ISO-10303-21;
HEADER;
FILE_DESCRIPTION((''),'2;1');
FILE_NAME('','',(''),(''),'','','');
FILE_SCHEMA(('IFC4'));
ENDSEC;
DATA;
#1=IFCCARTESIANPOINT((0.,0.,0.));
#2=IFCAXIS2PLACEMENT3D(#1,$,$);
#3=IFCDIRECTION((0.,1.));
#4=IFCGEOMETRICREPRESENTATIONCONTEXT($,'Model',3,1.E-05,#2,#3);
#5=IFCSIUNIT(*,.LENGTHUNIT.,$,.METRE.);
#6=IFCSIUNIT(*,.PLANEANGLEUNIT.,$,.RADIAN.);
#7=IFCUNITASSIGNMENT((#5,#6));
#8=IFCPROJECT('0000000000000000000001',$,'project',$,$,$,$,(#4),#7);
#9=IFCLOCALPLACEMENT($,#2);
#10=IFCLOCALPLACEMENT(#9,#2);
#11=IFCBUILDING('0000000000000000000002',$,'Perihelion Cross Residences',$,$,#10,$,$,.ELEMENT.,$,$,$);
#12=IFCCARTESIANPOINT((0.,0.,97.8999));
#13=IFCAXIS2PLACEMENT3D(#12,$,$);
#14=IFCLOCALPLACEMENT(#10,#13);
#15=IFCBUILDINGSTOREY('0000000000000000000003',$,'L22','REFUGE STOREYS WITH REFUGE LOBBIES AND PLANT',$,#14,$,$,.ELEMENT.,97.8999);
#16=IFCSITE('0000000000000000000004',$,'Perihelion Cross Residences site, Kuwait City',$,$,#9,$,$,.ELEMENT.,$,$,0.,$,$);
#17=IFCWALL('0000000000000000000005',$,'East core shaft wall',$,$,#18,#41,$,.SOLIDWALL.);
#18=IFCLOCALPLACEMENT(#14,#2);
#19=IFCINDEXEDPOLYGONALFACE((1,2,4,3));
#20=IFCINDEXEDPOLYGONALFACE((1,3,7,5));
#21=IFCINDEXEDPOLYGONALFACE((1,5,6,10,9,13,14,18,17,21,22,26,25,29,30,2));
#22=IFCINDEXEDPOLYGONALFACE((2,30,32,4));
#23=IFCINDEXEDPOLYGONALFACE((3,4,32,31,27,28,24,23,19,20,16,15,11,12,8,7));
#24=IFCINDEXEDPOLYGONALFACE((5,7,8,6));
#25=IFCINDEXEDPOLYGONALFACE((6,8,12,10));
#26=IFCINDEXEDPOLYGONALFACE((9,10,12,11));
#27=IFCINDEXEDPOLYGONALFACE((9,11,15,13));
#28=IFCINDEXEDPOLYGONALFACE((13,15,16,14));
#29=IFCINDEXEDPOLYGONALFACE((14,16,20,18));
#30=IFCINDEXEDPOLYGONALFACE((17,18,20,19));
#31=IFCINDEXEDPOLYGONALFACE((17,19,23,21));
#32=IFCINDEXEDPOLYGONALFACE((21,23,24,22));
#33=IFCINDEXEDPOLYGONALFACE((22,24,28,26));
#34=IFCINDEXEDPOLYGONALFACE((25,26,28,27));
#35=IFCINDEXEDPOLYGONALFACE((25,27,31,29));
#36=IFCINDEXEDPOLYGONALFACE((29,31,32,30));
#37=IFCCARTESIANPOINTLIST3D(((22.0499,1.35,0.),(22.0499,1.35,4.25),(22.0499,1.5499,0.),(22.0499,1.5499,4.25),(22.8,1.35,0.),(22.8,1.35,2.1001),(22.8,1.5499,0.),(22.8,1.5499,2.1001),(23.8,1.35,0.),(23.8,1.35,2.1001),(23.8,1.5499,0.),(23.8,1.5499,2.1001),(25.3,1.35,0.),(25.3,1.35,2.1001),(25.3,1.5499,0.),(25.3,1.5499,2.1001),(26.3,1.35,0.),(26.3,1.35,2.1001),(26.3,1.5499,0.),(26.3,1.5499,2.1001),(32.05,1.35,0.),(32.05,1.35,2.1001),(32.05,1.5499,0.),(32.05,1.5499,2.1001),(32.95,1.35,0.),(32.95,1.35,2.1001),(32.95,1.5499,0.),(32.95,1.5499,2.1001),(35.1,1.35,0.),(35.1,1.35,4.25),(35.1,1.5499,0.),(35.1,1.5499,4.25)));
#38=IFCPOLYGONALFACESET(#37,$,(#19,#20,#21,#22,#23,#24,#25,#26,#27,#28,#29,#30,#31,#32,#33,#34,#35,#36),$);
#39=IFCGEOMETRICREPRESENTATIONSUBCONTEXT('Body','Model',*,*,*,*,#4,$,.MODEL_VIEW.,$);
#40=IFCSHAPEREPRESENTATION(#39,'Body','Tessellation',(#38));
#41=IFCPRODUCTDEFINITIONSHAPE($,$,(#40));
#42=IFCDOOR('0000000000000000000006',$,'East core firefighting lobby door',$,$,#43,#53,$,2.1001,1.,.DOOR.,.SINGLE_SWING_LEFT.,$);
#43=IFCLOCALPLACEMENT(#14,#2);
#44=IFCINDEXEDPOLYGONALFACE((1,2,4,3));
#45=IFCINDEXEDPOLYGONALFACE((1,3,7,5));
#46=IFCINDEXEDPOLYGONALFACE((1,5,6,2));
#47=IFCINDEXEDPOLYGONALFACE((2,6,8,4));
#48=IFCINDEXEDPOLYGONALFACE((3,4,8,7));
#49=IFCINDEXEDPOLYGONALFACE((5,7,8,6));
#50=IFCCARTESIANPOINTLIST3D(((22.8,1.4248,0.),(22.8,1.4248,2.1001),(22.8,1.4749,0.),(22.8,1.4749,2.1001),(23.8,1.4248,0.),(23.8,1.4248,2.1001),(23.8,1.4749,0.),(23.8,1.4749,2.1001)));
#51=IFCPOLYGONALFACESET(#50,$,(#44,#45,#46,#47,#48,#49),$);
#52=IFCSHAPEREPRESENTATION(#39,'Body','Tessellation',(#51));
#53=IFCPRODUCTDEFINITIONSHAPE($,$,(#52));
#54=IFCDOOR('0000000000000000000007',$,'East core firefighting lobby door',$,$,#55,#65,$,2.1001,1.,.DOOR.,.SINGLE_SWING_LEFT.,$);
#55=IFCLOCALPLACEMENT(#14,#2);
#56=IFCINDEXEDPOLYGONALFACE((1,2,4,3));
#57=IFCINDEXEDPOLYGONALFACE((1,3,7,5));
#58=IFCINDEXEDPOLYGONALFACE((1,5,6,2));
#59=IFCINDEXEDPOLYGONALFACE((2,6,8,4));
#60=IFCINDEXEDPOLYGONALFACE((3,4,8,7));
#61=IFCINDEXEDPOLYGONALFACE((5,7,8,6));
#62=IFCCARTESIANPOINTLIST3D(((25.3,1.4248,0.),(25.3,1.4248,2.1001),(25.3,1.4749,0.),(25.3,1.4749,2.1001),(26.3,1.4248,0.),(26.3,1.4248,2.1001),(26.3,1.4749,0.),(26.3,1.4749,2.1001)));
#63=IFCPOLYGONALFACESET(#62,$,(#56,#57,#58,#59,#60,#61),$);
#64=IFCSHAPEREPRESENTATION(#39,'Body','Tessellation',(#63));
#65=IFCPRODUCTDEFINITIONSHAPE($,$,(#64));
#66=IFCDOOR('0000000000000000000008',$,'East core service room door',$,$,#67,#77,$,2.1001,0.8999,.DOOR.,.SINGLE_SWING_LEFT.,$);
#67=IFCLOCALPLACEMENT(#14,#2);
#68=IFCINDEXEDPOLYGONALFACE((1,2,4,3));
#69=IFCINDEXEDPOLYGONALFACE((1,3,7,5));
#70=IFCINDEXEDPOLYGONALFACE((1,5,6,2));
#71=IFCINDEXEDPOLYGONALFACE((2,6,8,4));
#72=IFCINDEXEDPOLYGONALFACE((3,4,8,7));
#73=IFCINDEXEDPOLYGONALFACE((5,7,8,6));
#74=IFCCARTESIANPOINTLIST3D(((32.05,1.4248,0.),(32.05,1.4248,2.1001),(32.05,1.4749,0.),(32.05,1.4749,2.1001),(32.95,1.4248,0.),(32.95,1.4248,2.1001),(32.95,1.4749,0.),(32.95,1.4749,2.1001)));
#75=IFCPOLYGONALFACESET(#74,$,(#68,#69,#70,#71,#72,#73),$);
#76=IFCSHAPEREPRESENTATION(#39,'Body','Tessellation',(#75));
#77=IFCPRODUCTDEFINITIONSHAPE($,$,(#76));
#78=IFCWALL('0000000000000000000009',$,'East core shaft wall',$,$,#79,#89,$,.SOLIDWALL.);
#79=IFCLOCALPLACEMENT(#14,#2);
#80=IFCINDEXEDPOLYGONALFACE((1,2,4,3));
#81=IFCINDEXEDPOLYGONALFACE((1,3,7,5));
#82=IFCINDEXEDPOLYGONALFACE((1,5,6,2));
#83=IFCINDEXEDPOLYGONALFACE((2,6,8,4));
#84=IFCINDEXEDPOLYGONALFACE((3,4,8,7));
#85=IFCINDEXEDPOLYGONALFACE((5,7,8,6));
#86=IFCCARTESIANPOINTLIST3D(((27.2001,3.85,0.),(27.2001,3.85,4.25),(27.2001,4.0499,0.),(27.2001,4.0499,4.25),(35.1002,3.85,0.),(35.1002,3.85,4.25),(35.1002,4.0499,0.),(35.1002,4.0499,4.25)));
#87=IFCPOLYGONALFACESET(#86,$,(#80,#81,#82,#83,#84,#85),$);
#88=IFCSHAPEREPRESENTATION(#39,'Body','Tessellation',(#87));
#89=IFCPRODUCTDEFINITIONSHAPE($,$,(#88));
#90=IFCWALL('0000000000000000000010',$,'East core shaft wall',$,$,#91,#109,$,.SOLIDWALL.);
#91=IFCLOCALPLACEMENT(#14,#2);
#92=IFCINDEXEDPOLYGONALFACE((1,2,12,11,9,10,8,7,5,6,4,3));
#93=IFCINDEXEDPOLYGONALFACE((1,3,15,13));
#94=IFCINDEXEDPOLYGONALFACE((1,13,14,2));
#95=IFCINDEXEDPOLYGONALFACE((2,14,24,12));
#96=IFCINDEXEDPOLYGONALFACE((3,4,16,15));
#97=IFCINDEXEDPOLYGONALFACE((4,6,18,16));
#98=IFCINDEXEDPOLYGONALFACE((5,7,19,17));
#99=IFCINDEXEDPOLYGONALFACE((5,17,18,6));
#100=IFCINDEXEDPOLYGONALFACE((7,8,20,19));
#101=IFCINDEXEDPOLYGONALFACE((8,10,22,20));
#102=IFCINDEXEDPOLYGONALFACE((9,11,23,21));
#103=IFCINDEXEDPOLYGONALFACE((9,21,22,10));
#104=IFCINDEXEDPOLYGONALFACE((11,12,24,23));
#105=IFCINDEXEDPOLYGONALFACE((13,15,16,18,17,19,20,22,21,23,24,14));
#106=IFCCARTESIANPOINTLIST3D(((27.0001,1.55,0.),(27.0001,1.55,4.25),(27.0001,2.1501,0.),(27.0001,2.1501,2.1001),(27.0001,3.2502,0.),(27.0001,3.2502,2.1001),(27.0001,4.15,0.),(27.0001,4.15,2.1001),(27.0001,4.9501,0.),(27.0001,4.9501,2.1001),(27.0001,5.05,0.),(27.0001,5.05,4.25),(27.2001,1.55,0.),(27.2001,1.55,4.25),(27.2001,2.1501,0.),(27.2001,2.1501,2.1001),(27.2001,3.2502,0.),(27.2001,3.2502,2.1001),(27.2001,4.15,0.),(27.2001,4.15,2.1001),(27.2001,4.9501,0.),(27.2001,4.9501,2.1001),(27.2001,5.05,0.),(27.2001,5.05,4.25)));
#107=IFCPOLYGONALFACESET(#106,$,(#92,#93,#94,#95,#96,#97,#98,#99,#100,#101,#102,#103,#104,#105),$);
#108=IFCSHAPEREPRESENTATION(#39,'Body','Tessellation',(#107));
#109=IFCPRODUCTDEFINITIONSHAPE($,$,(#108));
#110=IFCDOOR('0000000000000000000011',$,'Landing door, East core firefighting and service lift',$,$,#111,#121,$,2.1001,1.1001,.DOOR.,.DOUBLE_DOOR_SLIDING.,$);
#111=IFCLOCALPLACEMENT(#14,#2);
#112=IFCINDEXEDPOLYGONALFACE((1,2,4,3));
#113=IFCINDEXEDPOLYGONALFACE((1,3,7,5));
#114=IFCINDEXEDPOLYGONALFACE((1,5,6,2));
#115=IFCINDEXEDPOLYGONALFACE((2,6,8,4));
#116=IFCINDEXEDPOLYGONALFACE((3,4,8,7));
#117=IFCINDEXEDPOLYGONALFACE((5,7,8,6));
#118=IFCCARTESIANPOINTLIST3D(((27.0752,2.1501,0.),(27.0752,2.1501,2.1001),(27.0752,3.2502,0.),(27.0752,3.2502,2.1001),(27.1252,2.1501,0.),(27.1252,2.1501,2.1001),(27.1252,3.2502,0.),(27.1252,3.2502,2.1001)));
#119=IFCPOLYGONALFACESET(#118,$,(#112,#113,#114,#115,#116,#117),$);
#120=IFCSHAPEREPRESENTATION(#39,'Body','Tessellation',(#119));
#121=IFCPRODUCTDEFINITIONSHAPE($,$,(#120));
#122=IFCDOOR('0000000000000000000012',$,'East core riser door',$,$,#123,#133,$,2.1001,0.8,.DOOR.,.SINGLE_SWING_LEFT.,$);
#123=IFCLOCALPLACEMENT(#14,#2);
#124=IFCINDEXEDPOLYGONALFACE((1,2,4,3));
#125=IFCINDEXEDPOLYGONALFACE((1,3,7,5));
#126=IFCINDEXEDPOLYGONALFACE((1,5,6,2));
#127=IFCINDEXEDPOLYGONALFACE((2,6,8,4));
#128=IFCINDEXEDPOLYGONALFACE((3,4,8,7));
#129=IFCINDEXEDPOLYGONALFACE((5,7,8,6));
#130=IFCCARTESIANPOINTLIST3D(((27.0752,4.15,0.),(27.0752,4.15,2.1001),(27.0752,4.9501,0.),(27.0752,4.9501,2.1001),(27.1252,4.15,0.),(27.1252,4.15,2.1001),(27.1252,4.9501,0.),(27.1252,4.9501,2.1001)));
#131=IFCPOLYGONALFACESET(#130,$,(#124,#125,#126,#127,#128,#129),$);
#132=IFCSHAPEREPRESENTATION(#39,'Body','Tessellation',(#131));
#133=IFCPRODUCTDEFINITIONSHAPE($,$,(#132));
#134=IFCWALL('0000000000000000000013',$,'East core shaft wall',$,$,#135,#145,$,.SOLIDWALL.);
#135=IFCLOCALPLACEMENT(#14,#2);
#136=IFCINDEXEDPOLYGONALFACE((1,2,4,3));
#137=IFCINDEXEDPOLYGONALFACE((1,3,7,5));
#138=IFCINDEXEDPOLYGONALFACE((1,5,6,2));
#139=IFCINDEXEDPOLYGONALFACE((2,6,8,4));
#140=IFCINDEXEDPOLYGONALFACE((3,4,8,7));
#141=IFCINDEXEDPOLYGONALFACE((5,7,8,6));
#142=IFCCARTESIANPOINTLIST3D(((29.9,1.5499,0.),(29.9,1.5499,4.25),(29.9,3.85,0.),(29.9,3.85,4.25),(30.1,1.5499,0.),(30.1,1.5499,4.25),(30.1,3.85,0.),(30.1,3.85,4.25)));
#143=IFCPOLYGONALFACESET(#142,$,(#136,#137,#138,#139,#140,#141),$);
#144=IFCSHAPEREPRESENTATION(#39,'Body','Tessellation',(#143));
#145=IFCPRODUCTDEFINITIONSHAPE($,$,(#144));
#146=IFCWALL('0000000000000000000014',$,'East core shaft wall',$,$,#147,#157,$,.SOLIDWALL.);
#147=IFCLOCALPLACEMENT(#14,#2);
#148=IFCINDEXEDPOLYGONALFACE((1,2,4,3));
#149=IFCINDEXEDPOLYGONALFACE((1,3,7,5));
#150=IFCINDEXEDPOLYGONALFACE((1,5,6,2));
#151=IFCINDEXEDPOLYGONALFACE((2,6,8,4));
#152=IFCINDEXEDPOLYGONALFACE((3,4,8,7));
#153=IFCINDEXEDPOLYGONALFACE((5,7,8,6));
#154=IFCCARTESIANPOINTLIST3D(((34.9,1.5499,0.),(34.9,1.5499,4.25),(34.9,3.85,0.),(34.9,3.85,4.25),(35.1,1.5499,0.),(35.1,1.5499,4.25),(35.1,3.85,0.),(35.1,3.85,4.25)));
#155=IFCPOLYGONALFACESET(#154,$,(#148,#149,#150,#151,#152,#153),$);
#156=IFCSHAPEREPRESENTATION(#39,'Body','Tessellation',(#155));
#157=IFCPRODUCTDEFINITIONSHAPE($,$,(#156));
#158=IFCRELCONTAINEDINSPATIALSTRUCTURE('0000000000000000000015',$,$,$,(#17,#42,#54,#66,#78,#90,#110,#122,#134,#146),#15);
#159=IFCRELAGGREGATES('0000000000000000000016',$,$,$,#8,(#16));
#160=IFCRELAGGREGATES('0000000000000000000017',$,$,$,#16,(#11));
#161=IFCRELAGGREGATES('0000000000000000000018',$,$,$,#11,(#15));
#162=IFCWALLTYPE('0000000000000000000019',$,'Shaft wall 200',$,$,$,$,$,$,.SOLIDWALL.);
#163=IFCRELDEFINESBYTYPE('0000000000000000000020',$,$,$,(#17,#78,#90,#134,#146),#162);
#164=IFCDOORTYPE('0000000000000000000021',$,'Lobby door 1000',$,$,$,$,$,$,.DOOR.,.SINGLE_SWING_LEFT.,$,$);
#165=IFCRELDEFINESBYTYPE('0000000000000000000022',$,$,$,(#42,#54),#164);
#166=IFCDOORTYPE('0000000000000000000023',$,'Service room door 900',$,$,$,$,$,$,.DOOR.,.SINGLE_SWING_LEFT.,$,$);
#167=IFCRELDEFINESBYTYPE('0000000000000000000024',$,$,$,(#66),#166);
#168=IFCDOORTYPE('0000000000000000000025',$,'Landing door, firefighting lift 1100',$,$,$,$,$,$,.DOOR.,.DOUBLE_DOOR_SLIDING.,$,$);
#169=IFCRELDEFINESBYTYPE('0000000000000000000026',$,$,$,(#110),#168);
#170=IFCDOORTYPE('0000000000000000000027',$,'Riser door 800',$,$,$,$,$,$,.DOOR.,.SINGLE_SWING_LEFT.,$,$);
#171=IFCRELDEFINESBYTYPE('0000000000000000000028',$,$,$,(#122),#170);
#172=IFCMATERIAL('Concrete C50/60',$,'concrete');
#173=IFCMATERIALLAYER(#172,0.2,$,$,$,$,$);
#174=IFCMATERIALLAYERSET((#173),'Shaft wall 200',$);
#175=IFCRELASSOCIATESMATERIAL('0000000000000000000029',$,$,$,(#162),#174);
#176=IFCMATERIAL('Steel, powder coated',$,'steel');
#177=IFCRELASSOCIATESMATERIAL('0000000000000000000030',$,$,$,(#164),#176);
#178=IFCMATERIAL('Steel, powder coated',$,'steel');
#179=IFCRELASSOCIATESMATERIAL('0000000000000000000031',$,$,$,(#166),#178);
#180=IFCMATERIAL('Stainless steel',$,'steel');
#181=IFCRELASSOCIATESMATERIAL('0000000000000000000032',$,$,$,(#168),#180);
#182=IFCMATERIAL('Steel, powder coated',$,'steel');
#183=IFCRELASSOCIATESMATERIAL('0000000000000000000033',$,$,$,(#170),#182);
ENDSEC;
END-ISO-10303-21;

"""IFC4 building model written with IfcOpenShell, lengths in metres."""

from ifc_helpers import new_model, si_unit, direction, frame, frame_2d, origin, place, context, subcontext, project, spatial, rectangle, extrude, material, layer, layer_set, type_object, element, fill, save


model = new_model("IFC4")

# Units and contexts
model_context = context("Model", 3, precision=1e-05, world=origin(), true_north=direction((0.0, 1.0)))
body_context = subcontext(model_context, "Body", "Model", "MODEL_VIEW")
ifc_project = project(units=[si_unit("LENGTHUNIT", "METRE"), si_unit("PLANEANGLEUNIT", "RADIAN")], contexts=[model_context])

# Site, building, storey
site_placement = place(None, origin())
site = spatial("IfcSite", under=ifc_project, at=site_placement, Name="Perihelion Cross Residences site, Kuwait City", CompositionType="ELEMENT", RefElevation=0.0)
building_placement = place(site_placement, origin())
building = spatial("IfcBuilding", under=site, at=building_placement, Name="Perihelion Cross Residences", CompositionType="ELEMENT")
storey_placement = place(building_placement, frame((0.0, 0.0, 97.8999)))
storey = spatial("IfcBuildingStorey", under=building, at=storey_placement, Name="L22", Description="REFUGE STOREYS WITH REFUGE LOBBIES AND PLANT", CompositionType="ELEMENT", Elevation=97.8999)

# Wall, openings, doors
ifc_material_1 = material(Name="Concrete C50/60", Category="concrete")
ifc_layer_1 = layer(ifc_material_1, 0.2)
ifc_layer_set_1 = layer_set([ifc_layer_1], Name="Shaft wall 200")
wall_type_1 = type_object("IfcWallType", Name="Shaft wall 200", PredefinedType="SOLIDWALL", material=ifc_layer_set_1)
wall_1_placement = place(storey_placement, frame((22.05, 1.45, 0.0), z_axis=(0.0, 0.0, 1.0), x_axis=(1.0, 0.0, 0.0)))
wall_1 = element("IfcWall", 1, at=wall_1_placement, inside=storey, type_object=wall_type_1, Name="East core shaft wall", PredefinedType="SOLIDWALL", context=body_context, shape_type="SweptSolid", body=[
    extrude(rectangle(XDim=13.05, YDim=0.2, at=frame_2d((6.5249, 0.0))), origin(), (0.0, 0.0, 1.0), 4.25),
])
opening_1_placement = place(wall_1_placement, frame((0.75, 0.0, 0.0)))
opening_1 = element("IfcOpeningElement", 2, at=opening_1_placement, cuts=wall_1, PredefinedType="OPENING", context=body_context, shape_type="SweptSolid", body=[
    extrude(rectangle(XDim=1.0, YDim=2.1001, at=frame_2d((0.5, 1.05))), frame((0.0, 0.1099, 0.0), z_axis=(0.0, -1.0, 0.0), x_axis=(1.0, 0.0, 0.0)), (0.0, 0.0, 1.0), 0.22),
])
opening_2_placement = place(wall_1_placement, frame((3.25, 0.0, 0.0)))
opening_2 = element("IfcOpeningElement", 3, at=opening_2_placement, cuts=wall_1, PredefinedType="OPENING", context=body_context, shape_type="SweptSolid", body=[
    extrude(rectangle(XDim=1.0, YDim=2.1001, at=frame_2d((0.5, 1.05))), frame((0.0, 0.1099, 0.0), z_axis=(0.0, -1.0, 0.0), x_axis=(1.0, 0.0, 0.0)), (0.0, 0.0, 1.0), 0.22),
])
opening_3_placement = place(wall_1_placement, frame((10.0, 0.0, 0.0)))
opening_3 = element("IfcOpeningElement", 4, at=opening_3_placement, cuts=wall_1, PredefinedType="OPENING", context=body_context, shape_type="SweptSolid", body=[
    extrude(rectangle(XDim=0.8999, YDim=2.1001, at=frame_2d((0.45, 1.05))), frame((0.0, 0.1099, 0.0), z_axis=(0.0, -1.0, 0.0), x_axis=(1.0, 0.0, 0.0)), (0.0, 0.0, 1.0), 0.22),
])
ifc_material_2 = material(Name="Steel, powder coated", Category="steel")
door_type_1 = type_object("IfcDoorType", Name="Lobby door 1000", OperationType="SINGLE_SWING_LEFT", PredefinedType="DOOR", material=ifc_material_2)
door_1_placement = place(opening_1_placement, origin())
door_1 = element("IfcDoor", 5, at=door_1_placement, inside=storey, type_object=door_type_1, Name="East core firefighting lobby door", OperationType="SINGLE_SWING_LEFT", OverallHeight=2.1001, OverallWidth=1.0, PredefinedType="DOOR", context=body_context, shape_type="SweptSolid", body=[
    extrude(rectangle(XDim=1.0, YDim=2.1001, at=frame_2d((0.5, 1.05))), frame((0.0, 0.0249, 0.0), z_axis=(0.0, -1.0, 0.0), x_axis=(1.0, 0.0, 0.0)), (0.0, 0.0, 1.0), 0.05),
])
fill(opening_1, door_1)
door_2_placement = place(opening_2_placement, origin())
door_2 = element("IfcDoor", 6, at=door_2_placement, inside=storey, type_object=door_type_1, Name="East core firefighting lobby door", OperationType="SINGLE_SWING_LEFT", OverallHeight=2.1001, OverallWidth=1.0, PredefinedType="DOOR", context=body_context, shape_type="SweptSolid", body=[
    extrude(rectangle(XDim=1.0, YDim=2.1001, at=frame_2d((0.5, 1.05))), frame((0.0, 0.0249, 0.0), z_axis=(0.0, -1.0, 0.0), x_axis=(1.0, 0.0, 0.0)), (0.0, 0.0, 1.0), 0.05),
])
fill(opening_2, door_2)
ifc_material_3 = material(Name="Steel, powder coated", Category="steel")
door_type_2 = type_object("IfcDoorType", Name="Service room door 900", OperationType="SINGLE_SWING_LEFT", PredefinedType="DOOR", material=ifc_material_3)
door_3_placement = place(opening_3_placement, origin())
door_3 = element("IfcDoor", 7, at=door_3_placement, inside=storey, type_object=door_type_2, Name="East core service room door", OperationType="SINGLE_SWING_LEFT", OverallHeight=2.1001, OverallWidth=0.8999, PredefinedType="DOOR", context=body_context, shape_type="SweptSolid", body=[
    extrude(rectangle(XDim=0.8999, YDim=2.1001, at=frame_2d((0.45, 1.05))), frame((0.0, 0.0249, 0.0), z_axis=(0.0, -1.0, 0.0), x_axis=(1.0, 0.0, 0.0)), (0.0, 0.0, 1.0), 0.05),
])
fill(opening_3, door_3)

# Wall
wall_2_placement = place(storey_placement, frame((27.2, 3.95, 0.0), z_axis=(0.0, 0.0, 1.0), x_axis=(1.0, 0.0, 0.0)))
element("IfcWall", 8, at=wall_2_placement, inside=storey, type_object=wall_type_1, Name="East core shaft wall", PredefinedType="SOLIDWALL", context=body_context, shape_type="SweptSolid", body=[
    extrude(rectangle(XDim=7.9001, YDim=0.2, at=frame_2d((3.9502, 0.0))), origin(), (0.0, 0.0, 1.0), 4.25),
])

# Wall, openings, doors
wall_3_placement = place(storey_placement, frame((27.1001, 1.55, 0.0), z_axis=(0.0, 0.0, 1.0), x_axis=(0.0, 1.0, 0.0)))
wall_3 = element("IfcWall", 9, at=wall_3_placement, inside=storey, type_object=wall_type_1, Name="East core shaft wall", PredefinedType="SOLIDWALL", context=body_context, shape_type="SweptSolid", body=[
    extrude(rectangle(XDim=3.5, YDim=0.2, at=frame_2d((1.75, 0.0))), origin(), (0.0, 0.0, 1.0), 4.25),
])
opening_4_placement = place(wall_3_placement, frame((0.6001, 0.0, 0.0)))
opening_4 = element("IfcOpeningElement", 10, at=opening_4_placement, cuts=wall_3, PredefinedType="OPENING", context=body_context, shape_type="SweptSolid", body=[
    extrude(rectangle(XDim=1.1001, YDim=2.1001, at=frame_2d((0.55, 1.05))), frame((0.0, 0.1099, 0.0), z_axis=(0.0, -1.0, 0.0), x_axis=(1.0, 0.0, 0.0)), (0.0, 0.0, 1.0), 0.22),
])
opening_5_placement = place(wall_3_placement, frame((2.6001, 0.0, 0.0)))
opening_5 = element("IfcOpeningElement", 11, at=opening_5_placement, cuts=wall_3, PredefinedType="OPENING", context=body_context, shape_type="SweptSolid", body=[
    extrude(rectangle(XDim=0.8, YDim=2.1001, at=frame_2d((0.3999, 1.05))), frame((0.0, 0.1099, 0.0), z_axis=(0.0, -1.0, 0.0), x_axis=(1.0, 0.0, 0.0)), (0.0, 0.0, 1.0), 0.22),
])
ifc_material_4 = material(Name="Stainless steel", Category="steel")
door_type_3 = type_object("IfcDoorType", Name="Landing door, firefighting lift 1100", OperationType="DOUBLE_DOOR_SLIDING", PredefinedType="DOOR", material=ifc_material_4)
door_4_placement = place(opening_4_placement, origin())
door_4 = element("IfcDoor", 12, at=door_4_placement, inside=storey, type_object=door_type_3, Name="Landing door, East core firefighting and service lift", OperationType="DOUBLE_DOOR_SLIDING", OverallHeight=2.1001, OverallWidth=1.1001, PredefinedType="DOOR", context=body_context, shape_type="SweptSolid", body=[
    extrude(rectangle(XDim=1.1001, YDim=2.1001, at=frame_2d((0.55, 1.05))), frame((0.0, 0.0249, 0.0), z_axis=(0.0, -1.0, 0.0), x_axis=(1.0, 0.0, 0.0)), (0.0, 0.0, 1.0), 0.05),
])
fill(opening_4, door_4)
ifc_material_5 = material(Name="Steel, powder coated", Category="steel")
door_type_4 = type_object("IfcDoorType", Name="Riser door 800", OperationType="SINGLE_SWING_LEFT", PredefinedType="DOOR", material=ifc_material_5)
door_5_placement = place(opening_5_placement, origin())
door_5 = element("IfcDoor", 13, at=door_5_placement, inside=storey, type_object=door_type_4, Name="East core riser door", OperationType="SINGLE_SWING_LEFT", OverallHeight=2.1001, OverallWidth=0.8, PredefinedType="DOOR", context=body_context, shape_type="SweptSolid", body=[
    extrude(rectangle(XDim=0.8, YDim=2.1001, at=frame_2d((0.3999, 1.05))), frame((0.0, 0.0249, 0.0), z_axis=(0.0, -1.0, 0.0), x_axis=(1.0, 0.0, 0.0)), (0.0, 0.0, 1.0), 0.05),
])
fill(opening_5, door_5)

# Walls
for number, where, z_axis, x_axis, name in (
    (14, (30.0, 1.55, 0.0), (0.0, 0.0, 1.0), (0.0, 1.0, 0.0), "East core shaft wall"),
    (15, (35.0, 1.55, 0.0), (0.0, 0.0, 1.0), (0.0, 1.0, 0.0), "East core shaft wall"),
):
    element("IfcWall", number, at=place(storey_placement, frame(where, z_axis=z_axis, x_axis=x_axis)), inside=storey, type_object=wall_type_1, Name=name, PredefinedType="SOLIDWALL", context=body_context, shape_type="SweptSolid", body=[
        extrude(rectangle(XDim=2.3, YDim=0.2, at=frame_2d((1.1499, 0.0))), origin(), (0.0, 0.0, 1.0), 4.25),
    ])

save(model, "model.ifc")
